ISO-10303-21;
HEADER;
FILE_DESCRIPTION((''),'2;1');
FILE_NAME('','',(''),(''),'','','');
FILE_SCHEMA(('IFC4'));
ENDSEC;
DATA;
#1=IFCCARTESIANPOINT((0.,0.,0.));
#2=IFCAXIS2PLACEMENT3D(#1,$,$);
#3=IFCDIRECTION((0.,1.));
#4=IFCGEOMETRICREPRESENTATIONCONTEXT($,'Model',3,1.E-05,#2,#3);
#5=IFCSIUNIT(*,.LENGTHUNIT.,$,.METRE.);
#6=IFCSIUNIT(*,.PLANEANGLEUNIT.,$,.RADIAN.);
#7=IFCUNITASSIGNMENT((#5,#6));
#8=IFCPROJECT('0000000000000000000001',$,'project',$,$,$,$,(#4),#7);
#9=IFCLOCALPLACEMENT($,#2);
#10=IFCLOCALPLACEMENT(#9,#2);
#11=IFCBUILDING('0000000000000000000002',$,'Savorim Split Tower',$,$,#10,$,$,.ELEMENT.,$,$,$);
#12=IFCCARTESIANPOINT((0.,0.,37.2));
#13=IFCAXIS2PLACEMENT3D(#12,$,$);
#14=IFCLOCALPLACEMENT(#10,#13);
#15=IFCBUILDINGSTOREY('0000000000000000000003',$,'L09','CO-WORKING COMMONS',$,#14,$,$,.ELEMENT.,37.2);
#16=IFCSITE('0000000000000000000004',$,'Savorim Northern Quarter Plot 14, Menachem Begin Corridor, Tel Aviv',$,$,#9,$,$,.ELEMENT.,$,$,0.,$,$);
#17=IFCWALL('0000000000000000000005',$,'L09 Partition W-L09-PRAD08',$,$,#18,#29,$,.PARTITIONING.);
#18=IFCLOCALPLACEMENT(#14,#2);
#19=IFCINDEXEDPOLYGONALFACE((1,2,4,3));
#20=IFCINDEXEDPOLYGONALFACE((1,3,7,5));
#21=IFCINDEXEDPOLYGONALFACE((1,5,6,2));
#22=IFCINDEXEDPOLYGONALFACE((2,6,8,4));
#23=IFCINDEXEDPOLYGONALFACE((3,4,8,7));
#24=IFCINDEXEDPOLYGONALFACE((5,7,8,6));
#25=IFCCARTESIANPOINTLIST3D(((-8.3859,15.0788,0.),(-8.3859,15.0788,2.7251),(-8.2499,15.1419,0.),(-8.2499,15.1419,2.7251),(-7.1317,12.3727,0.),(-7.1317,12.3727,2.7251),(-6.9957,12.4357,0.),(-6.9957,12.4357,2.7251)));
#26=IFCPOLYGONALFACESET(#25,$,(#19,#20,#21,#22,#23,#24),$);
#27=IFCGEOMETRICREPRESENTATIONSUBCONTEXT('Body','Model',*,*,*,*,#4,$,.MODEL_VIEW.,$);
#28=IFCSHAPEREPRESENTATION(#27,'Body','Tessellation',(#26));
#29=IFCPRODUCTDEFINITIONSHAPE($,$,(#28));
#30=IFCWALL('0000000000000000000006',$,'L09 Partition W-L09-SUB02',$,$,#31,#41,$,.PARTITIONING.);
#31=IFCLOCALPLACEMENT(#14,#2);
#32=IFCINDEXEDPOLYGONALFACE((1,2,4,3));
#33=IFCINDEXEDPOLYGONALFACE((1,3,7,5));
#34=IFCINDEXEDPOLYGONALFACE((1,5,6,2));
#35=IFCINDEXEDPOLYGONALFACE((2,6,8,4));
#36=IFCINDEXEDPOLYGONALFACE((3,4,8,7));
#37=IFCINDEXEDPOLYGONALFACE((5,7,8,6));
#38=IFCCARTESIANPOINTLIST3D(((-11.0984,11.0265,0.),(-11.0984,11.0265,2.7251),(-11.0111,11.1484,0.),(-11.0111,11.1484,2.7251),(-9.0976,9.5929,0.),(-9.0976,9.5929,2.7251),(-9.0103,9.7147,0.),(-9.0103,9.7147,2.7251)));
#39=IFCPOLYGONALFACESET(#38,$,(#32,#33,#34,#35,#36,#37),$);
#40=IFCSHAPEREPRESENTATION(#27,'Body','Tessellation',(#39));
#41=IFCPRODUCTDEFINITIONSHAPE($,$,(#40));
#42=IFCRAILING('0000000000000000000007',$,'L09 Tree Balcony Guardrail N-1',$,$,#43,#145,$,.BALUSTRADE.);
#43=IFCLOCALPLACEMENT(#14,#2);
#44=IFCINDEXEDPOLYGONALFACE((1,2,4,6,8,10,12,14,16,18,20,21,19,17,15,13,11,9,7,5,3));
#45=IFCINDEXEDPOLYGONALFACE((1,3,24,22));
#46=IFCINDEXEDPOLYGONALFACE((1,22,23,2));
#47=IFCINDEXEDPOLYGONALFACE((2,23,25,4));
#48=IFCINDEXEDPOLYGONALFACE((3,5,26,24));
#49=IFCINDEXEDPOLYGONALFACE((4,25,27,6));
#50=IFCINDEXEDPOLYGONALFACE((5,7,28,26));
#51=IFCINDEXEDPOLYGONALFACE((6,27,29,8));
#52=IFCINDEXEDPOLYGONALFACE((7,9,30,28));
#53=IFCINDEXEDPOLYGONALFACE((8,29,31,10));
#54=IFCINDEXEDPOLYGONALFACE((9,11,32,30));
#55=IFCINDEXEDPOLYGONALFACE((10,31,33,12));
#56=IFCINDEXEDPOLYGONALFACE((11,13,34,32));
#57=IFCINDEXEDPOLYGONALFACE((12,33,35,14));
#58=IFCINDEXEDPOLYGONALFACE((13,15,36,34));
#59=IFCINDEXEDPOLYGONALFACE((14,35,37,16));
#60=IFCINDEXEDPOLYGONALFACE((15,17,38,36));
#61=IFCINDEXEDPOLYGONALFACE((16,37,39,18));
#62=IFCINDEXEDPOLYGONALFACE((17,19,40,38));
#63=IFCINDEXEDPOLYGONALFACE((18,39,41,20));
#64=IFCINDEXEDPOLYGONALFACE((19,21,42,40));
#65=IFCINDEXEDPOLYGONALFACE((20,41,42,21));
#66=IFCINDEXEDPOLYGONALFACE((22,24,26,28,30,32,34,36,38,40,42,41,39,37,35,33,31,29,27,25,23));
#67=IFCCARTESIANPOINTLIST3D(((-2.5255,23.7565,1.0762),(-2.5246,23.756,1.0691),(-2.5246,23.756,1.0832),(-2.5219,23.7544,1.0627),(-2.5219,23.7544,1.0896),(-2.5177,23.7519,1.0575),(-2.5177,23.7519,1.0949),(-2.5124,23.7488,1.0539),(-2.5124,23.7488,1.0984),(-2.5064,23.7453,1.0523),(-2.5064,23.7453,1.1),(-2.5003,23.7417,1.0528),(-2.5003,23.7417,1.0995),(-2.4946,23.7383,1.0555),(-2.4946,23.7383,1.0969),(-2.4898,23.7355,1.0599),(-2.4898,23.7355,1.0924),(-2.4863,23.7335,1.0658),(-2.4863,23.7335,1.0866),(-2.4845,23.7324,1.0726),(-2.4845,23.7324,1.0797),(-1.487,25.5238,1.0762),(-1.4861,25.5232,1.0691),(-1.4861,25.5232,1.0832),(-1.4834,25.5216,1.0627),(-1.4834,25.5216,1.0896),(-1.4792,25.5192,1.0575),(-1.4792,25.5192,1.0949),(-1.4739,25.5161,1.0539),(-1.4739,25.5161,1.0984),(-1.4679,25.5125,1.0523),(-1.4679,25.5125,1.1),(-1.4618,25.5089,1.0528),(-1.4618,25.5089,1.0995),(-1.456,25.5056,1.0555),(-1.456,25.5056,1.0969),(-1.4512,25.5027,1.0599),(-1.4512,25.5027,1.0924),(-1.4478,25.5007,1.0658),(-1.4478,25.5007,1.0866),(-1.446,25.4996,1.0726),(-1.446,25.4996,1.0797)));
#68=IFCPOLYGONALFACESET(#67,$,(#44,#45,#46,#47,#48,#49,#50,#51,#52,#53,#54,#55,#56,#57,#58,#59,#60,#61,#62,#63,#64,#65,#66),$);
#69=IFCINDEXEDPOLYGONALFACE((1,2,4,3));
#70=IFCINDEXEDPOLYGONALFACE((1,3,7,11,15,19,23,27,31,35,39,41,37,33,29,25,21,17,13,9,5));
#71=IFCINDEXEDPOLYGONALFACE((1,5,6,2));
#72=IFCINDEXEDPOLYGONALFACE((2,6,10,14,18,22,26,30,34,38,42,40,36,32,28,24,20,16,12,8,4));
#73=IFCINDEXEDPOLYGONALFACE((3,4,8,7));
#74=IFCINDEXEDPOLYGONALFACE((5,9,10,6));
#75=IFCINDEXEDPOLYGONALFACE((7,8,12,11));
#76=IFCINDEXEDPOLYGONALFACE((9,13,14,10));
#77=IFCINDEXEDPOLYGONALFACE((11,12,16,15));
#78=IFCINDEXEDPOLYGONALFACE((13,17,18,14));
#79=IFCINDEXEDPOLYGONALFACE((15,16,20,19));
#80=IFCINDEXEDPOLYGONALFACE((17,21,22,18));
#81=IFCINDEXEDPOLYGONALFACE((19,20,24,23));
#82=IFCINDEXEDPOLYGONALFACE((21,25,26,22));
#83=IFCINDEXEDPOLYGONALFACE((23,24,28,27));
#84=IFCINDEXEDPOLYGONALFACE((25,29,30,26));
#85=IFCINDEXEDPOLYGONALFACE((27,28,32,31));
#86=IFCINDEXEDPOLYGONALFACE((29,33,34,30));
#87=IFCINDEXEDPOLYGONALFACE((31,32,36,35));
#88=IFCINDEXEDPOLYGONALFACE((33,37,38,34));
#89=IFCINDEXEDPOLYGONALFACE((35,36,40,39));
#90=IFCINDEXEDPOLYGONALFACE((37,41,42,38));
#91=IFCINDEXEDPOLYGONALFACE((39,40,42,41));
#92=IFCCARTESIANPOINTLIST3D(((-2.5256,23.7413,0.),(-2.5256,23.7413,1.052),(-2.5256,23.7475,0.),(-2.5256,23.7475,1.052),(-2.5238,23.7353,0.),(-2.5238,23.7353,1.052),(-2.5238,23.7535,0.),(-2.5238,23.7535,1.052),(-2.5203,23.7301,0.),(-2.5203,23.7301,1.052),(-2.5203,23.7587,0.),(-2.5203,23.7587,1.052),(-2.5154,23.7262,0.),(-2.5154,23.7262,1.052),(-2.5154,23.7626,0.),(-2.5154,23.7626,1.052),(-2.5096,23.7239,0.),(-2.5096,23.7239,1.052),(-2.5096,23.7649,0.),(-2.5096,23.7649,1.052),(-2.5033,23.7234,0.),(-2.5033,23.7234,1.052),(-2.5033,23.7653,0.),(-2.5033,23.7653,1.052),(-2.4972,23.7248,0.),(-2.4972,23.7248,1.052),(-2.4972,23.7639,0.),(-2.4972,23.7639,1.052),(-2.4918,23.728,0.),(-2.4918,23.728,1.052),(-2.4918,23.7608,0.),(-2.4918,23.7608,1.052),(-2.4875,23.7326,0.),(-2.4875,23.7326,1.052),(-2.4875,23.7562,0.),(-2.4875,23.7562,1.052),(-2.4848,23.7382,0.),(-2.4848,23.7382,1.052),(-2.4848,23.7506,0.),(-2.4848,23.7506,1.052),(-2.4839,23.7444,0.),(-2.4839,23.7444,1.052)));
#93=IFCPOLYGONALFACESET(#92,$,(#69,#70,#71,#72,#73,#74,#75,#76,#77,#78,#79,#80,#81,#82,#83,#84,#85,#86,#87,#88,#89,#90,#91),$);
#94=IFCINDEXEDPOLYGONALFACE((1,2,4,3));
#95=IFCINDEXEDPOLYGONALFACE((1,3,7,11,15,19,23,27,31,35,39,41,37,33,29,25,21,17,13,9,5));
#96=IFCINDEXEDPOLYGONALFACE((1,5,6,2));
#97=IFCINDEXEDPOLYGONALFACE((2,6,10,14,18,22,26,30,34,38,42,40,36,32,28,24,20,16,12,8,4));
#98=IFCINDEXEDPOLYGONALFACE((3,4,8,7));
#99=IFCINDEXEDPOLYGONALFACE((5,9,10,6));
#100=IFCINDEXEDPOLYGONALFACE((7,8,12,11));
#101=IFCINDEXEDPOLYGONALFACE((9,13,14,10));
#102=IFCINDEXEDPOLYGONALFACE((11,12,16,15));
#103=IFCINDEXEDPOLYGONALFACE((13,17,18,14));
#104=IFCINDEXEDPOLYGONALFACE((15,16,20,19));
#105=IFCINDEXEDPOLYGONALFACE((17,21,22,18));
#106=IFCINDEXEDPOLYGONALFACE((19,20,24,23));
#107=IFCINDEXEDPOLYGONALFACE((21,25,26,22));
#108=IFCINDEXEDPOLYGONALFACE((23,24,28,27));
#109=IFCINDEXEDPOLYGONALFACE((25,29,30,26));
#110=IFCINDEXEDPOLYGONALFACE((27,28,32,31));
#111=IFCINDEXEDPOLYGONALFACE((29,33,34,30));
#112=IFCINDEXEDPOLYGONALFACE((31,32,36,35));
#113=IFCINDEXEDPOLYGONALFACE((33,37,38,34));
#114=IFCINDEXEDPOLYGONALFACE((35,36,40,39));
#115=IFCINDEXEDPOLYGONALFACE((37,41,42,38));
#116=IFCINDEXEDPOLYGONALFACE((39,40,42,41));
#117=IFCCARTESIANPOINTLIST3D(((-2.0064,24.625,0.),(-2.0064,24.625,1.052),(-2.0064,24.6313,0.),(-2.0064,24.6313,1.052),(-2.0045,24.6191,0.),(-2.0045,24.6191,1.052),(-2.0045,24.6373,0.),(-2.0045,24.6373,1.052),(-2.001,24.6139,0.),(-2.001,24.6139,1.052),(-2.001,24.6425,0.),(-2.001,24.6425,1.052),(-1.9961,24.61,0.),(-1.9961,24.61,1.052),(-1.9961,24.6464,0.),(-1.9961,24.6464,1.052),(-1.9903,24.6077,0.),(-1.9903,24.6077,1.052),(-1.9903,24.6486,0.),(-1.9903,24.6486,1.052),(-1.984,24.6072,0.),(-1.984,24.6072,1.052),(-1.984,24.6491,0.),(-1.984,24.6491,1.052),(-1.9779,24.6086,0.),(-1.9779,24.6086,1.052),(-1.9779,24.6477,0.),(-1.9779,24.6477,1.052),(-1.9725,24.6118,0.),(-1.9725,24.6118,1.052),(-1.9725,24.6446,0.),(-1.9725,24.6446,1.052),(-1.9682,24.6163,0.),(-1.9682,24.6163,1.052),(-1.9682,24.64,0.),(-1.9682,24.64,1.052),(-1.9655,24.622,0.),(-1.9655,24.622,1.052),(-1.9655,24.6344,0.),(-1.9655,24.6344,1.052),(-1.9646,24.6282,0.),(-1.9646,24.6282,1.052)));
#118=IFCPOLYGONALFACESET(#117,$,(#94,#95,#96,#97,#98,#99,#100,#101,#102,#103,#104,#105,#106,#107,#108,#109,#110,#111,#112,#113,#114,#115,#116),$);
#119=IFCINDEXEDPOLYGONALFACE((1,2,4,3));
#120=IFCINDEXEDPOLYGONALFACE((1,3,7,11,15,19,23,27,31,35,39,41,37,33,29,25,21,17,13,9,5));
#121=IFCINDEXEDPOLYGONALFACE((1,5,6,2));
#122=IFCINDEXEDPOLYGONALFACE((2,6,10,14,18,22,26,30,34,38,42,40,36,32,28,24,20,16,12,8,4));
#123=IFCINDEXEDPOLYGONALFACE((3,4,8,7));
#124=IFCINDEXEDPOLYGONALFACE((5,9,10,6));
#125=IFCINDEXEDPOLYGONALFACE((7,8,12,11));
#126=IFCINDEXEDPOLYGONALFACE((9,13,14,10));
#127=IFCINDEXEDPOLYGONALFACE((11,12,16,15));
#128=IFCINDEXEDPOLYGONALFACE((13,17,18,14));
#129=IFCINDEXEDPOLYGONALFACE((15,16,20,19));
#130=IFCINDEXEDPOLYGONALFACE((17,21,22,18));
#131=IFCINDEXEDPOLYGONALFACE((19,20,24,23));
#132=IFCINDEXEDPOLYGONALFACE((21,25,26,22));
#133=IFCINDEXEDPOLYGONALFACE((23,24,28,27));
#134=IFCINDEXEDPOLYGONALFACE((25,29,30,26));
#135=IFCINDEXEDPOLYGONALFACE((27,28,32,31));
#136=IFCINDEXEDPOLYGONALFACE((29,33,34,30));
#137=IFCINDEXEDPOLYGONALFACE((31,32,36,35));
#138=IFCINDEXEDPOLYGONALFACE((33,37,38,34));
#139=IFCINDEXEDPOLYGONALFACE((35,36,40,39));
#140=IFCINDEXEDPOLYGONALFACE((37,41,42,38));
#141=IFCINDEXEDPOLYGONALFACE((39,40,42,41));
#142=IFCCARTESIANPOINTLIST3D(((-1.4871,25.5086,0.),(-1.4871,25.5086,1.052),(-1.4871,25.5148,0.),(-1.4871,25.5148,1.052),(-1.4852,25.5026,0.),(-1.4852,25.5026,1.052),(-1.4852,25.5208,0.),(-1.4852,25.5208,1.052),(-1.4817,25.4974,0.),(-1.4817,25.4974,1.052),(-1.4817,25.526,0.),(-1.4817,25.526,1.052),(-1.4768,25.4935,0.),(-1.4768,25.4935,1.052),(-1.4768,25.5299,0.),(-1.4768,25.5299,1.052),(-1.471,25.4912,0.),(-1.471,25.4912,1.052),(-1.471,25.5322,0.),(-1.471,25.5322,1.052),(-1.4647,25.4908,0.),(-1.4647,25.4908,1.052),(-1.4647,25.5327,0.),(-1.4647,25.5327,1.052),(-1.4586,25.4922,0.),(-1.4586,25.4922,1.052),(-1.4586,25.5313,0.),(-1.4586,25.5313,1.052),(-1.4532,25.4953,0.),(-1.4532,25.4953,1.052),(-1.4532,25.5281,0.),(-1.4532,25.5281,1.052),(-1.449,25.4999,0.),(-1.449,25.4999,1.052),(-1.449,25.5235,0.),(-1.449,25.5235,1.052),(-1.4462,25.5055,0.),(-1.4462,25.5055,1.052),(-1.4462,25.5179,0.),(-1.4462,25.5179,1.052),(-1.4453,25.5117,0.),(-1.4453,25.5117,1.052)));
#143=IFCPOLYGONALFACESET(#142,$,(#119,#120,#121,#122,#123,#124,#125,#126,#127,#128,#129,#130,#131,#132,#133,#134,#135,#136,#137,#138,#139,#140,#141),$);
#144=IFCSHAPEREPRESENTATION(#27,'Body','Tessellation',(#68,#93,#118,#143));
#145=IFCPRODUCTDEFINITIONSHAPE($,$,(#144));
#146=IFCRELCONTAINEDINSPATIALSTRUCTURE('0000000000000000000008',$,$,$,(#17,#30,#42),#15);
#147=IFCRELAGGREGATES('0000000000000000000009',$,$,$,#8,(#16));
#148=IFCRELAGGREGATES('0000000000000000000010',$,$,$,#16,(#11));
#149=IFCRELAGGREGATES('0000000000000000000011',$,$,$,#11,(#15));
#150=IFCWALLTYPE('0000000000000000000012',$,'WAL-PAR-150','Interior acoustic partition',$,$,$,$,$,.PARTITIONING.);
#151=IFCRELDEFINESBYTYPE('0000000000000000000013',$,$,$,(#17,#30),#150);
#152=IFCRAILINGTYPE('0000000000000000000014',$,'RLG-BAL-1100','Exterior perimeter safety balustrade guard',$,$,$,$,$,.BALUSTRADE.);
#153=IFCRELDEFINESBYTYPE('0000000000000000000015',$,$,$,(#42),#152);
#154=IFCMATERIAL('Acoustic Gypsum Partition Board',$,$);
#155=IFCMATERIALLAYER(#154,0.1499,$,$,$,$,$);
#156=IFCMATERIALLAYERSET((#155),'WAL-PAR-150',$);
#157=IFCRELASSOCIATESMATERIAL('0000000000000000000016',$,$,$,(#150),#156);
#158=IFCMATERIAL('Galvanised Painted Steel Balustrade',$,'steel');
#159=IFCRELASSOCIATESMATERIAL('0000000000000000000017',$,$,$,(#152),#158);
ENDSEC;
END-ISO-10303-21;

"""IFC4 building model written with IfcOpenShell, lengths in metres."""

from ifc_helpers import new_model, si_unit, direction, frame, frame_2d, origin, origin_2d, place, context, subcontext, project, spatial, rectangle, circle, extrude, material, layer, layer_set, type_object, element, save


model = new_model("IFC4")

# Units and contexts
model_context = context("Model", 3, precision=1e-05, world=origin(), true_north=direction((0.0, 1.0)))
body_context = subcontext(model_context, "Body", "Model", "MODEL_VIEW")
ifc_project = project(units=[si_unit("LENGTHUNIT", "METRE"), si_unit("PLANEANGLEUNIT", "RADIAN")], contexts=[model_context])

# Site, building, storey
site_placement = place(None, origin())
site = spatial("IfcSite", under=ifc_project, at=site_placement, Name="Savorim Northern Quarter Plot 14, Menachem Begin Corridor, Tel Aviv", CompositionType="ELEMENT", RefElevation=0.0)
building_placement = place(site_placement, origin())
building = spatial("IfcBuilding", under=site, at=building_placement, Name="Savorim Split Tower", CompositionType="ELEMENT")
storey_placement = place(building_placement, frame((0.0, 0.0, 37.2)))
storey = spatial("IfcBuildingStorey", under=building, at=storey_placement, Name="L09", Description="CO-WORKING COMMONS", CompositionType="ELEMENT", Elevation=37.2)

# Shared definitions
ifc_material_1 = material(Name="Acoustic Gypsum Partition Board")
ifc_layer_1 = layer(ifc_material_1, 0.1499)
ifc_layer_set_1 = layer_set([ifc_layer_1], Name="WAL-PAR-150")
wall_type_1 = type_object("IfcWallType", Name="WAL-PAR-150", Description="Interior acoustic partition", PredefinedType="PARTITIONING", material=ifc_layer_set_1)

# Walls
wall_1_placement = place(storey_placement, frame((-7.0637, 12.4043, 0.0), z_axis=(0.0, 0.0, 1.0), x_axis=(-0.420496, 0.907295, 0.0)))
element("IfcWall", 1, at=wall_1_placement, inside=storey, type_object=wall_type_1, Name="L09 Partition W-L09-PRAD08", PredefinedType="PARTITIONING", context=body_context, shape_type="SweptSolid", body=[
    extrude(rectangle(XDim=2.9827, YDim=0.1499, at=frame_2d((1.4912, 0.0))), origin(), (0.0, 0.0, 1.0), 2.7251),
])
wall_2_placement = place(storey_placement, frame((-9.054, 9.6538, 0.0), z_axis=(0.0, 0.0, 1.0), x_axis=(-0.812868, 0.582448, 0.0)))
element("IfcWall", 2, at=wall_2_placement, inside=storey, type_object=wall_type_1, Name="L09 Partition W-L09-SUB02", PredefinedType="PARTITIONING", context=body_context, shape_type="SweptSolid", body=[
    extrude(rectangle(XDim=2.4614, YDim=0.1499, at=frame_2d((1.2307, 0.0))), origin(), (0.0, 0.0, 1.0), 2.7251),
])

# Railing
ifc_material_2 = material(Name="Galvanised Painted Steel Balustrade", Category="steel")
railing_type = type_object("IfcRailingType", Name="RLG-BAL-1100", Description="Exterior perimeter safety balustrade guard", PredefinedType="BALUSTRADE", material=ifc_material_2)
railing_1_placement = place(storey_placement, frame((-2.5049, 23.7444, 0.0)))
element("IfcRailing", 3, at=railing_1_placement, inside=storey, type_object=railing_type, Name="L09 Tree Balcony Guardrail N-1", PredefinedType="BALUSTRADE", context=body_context, shape_type="SweptSolid", body=[
    extrude(circle(Radius=0.0239, at=origin_2d()), frame((0.0, 0.0, 1.0762), z_axis=(0.506645, 0.862155, 0.0), x_axis=(-0.862155, 0.506645, 0.0)), (0.0, 0.0, 1.0), 2.0498),
    extrude(circle(Radius=0.021, at=origin_2d()), origin(), (0.0, 0.0, 1.0), 1.052),
    extrude(circle(Radius=0.021, at=origin_2d()), frame((0.5193, 0.8838, 0.0)), (0.0, 0.0, 1.0), 1.052),
    extrude(circle(Radius=0.021, at=origin_2d()), frame((1.0386, 1.7673, 0.0)), (0.0, 0.0, 1.0), 1.052),
])

save(model, "model.ifc")
